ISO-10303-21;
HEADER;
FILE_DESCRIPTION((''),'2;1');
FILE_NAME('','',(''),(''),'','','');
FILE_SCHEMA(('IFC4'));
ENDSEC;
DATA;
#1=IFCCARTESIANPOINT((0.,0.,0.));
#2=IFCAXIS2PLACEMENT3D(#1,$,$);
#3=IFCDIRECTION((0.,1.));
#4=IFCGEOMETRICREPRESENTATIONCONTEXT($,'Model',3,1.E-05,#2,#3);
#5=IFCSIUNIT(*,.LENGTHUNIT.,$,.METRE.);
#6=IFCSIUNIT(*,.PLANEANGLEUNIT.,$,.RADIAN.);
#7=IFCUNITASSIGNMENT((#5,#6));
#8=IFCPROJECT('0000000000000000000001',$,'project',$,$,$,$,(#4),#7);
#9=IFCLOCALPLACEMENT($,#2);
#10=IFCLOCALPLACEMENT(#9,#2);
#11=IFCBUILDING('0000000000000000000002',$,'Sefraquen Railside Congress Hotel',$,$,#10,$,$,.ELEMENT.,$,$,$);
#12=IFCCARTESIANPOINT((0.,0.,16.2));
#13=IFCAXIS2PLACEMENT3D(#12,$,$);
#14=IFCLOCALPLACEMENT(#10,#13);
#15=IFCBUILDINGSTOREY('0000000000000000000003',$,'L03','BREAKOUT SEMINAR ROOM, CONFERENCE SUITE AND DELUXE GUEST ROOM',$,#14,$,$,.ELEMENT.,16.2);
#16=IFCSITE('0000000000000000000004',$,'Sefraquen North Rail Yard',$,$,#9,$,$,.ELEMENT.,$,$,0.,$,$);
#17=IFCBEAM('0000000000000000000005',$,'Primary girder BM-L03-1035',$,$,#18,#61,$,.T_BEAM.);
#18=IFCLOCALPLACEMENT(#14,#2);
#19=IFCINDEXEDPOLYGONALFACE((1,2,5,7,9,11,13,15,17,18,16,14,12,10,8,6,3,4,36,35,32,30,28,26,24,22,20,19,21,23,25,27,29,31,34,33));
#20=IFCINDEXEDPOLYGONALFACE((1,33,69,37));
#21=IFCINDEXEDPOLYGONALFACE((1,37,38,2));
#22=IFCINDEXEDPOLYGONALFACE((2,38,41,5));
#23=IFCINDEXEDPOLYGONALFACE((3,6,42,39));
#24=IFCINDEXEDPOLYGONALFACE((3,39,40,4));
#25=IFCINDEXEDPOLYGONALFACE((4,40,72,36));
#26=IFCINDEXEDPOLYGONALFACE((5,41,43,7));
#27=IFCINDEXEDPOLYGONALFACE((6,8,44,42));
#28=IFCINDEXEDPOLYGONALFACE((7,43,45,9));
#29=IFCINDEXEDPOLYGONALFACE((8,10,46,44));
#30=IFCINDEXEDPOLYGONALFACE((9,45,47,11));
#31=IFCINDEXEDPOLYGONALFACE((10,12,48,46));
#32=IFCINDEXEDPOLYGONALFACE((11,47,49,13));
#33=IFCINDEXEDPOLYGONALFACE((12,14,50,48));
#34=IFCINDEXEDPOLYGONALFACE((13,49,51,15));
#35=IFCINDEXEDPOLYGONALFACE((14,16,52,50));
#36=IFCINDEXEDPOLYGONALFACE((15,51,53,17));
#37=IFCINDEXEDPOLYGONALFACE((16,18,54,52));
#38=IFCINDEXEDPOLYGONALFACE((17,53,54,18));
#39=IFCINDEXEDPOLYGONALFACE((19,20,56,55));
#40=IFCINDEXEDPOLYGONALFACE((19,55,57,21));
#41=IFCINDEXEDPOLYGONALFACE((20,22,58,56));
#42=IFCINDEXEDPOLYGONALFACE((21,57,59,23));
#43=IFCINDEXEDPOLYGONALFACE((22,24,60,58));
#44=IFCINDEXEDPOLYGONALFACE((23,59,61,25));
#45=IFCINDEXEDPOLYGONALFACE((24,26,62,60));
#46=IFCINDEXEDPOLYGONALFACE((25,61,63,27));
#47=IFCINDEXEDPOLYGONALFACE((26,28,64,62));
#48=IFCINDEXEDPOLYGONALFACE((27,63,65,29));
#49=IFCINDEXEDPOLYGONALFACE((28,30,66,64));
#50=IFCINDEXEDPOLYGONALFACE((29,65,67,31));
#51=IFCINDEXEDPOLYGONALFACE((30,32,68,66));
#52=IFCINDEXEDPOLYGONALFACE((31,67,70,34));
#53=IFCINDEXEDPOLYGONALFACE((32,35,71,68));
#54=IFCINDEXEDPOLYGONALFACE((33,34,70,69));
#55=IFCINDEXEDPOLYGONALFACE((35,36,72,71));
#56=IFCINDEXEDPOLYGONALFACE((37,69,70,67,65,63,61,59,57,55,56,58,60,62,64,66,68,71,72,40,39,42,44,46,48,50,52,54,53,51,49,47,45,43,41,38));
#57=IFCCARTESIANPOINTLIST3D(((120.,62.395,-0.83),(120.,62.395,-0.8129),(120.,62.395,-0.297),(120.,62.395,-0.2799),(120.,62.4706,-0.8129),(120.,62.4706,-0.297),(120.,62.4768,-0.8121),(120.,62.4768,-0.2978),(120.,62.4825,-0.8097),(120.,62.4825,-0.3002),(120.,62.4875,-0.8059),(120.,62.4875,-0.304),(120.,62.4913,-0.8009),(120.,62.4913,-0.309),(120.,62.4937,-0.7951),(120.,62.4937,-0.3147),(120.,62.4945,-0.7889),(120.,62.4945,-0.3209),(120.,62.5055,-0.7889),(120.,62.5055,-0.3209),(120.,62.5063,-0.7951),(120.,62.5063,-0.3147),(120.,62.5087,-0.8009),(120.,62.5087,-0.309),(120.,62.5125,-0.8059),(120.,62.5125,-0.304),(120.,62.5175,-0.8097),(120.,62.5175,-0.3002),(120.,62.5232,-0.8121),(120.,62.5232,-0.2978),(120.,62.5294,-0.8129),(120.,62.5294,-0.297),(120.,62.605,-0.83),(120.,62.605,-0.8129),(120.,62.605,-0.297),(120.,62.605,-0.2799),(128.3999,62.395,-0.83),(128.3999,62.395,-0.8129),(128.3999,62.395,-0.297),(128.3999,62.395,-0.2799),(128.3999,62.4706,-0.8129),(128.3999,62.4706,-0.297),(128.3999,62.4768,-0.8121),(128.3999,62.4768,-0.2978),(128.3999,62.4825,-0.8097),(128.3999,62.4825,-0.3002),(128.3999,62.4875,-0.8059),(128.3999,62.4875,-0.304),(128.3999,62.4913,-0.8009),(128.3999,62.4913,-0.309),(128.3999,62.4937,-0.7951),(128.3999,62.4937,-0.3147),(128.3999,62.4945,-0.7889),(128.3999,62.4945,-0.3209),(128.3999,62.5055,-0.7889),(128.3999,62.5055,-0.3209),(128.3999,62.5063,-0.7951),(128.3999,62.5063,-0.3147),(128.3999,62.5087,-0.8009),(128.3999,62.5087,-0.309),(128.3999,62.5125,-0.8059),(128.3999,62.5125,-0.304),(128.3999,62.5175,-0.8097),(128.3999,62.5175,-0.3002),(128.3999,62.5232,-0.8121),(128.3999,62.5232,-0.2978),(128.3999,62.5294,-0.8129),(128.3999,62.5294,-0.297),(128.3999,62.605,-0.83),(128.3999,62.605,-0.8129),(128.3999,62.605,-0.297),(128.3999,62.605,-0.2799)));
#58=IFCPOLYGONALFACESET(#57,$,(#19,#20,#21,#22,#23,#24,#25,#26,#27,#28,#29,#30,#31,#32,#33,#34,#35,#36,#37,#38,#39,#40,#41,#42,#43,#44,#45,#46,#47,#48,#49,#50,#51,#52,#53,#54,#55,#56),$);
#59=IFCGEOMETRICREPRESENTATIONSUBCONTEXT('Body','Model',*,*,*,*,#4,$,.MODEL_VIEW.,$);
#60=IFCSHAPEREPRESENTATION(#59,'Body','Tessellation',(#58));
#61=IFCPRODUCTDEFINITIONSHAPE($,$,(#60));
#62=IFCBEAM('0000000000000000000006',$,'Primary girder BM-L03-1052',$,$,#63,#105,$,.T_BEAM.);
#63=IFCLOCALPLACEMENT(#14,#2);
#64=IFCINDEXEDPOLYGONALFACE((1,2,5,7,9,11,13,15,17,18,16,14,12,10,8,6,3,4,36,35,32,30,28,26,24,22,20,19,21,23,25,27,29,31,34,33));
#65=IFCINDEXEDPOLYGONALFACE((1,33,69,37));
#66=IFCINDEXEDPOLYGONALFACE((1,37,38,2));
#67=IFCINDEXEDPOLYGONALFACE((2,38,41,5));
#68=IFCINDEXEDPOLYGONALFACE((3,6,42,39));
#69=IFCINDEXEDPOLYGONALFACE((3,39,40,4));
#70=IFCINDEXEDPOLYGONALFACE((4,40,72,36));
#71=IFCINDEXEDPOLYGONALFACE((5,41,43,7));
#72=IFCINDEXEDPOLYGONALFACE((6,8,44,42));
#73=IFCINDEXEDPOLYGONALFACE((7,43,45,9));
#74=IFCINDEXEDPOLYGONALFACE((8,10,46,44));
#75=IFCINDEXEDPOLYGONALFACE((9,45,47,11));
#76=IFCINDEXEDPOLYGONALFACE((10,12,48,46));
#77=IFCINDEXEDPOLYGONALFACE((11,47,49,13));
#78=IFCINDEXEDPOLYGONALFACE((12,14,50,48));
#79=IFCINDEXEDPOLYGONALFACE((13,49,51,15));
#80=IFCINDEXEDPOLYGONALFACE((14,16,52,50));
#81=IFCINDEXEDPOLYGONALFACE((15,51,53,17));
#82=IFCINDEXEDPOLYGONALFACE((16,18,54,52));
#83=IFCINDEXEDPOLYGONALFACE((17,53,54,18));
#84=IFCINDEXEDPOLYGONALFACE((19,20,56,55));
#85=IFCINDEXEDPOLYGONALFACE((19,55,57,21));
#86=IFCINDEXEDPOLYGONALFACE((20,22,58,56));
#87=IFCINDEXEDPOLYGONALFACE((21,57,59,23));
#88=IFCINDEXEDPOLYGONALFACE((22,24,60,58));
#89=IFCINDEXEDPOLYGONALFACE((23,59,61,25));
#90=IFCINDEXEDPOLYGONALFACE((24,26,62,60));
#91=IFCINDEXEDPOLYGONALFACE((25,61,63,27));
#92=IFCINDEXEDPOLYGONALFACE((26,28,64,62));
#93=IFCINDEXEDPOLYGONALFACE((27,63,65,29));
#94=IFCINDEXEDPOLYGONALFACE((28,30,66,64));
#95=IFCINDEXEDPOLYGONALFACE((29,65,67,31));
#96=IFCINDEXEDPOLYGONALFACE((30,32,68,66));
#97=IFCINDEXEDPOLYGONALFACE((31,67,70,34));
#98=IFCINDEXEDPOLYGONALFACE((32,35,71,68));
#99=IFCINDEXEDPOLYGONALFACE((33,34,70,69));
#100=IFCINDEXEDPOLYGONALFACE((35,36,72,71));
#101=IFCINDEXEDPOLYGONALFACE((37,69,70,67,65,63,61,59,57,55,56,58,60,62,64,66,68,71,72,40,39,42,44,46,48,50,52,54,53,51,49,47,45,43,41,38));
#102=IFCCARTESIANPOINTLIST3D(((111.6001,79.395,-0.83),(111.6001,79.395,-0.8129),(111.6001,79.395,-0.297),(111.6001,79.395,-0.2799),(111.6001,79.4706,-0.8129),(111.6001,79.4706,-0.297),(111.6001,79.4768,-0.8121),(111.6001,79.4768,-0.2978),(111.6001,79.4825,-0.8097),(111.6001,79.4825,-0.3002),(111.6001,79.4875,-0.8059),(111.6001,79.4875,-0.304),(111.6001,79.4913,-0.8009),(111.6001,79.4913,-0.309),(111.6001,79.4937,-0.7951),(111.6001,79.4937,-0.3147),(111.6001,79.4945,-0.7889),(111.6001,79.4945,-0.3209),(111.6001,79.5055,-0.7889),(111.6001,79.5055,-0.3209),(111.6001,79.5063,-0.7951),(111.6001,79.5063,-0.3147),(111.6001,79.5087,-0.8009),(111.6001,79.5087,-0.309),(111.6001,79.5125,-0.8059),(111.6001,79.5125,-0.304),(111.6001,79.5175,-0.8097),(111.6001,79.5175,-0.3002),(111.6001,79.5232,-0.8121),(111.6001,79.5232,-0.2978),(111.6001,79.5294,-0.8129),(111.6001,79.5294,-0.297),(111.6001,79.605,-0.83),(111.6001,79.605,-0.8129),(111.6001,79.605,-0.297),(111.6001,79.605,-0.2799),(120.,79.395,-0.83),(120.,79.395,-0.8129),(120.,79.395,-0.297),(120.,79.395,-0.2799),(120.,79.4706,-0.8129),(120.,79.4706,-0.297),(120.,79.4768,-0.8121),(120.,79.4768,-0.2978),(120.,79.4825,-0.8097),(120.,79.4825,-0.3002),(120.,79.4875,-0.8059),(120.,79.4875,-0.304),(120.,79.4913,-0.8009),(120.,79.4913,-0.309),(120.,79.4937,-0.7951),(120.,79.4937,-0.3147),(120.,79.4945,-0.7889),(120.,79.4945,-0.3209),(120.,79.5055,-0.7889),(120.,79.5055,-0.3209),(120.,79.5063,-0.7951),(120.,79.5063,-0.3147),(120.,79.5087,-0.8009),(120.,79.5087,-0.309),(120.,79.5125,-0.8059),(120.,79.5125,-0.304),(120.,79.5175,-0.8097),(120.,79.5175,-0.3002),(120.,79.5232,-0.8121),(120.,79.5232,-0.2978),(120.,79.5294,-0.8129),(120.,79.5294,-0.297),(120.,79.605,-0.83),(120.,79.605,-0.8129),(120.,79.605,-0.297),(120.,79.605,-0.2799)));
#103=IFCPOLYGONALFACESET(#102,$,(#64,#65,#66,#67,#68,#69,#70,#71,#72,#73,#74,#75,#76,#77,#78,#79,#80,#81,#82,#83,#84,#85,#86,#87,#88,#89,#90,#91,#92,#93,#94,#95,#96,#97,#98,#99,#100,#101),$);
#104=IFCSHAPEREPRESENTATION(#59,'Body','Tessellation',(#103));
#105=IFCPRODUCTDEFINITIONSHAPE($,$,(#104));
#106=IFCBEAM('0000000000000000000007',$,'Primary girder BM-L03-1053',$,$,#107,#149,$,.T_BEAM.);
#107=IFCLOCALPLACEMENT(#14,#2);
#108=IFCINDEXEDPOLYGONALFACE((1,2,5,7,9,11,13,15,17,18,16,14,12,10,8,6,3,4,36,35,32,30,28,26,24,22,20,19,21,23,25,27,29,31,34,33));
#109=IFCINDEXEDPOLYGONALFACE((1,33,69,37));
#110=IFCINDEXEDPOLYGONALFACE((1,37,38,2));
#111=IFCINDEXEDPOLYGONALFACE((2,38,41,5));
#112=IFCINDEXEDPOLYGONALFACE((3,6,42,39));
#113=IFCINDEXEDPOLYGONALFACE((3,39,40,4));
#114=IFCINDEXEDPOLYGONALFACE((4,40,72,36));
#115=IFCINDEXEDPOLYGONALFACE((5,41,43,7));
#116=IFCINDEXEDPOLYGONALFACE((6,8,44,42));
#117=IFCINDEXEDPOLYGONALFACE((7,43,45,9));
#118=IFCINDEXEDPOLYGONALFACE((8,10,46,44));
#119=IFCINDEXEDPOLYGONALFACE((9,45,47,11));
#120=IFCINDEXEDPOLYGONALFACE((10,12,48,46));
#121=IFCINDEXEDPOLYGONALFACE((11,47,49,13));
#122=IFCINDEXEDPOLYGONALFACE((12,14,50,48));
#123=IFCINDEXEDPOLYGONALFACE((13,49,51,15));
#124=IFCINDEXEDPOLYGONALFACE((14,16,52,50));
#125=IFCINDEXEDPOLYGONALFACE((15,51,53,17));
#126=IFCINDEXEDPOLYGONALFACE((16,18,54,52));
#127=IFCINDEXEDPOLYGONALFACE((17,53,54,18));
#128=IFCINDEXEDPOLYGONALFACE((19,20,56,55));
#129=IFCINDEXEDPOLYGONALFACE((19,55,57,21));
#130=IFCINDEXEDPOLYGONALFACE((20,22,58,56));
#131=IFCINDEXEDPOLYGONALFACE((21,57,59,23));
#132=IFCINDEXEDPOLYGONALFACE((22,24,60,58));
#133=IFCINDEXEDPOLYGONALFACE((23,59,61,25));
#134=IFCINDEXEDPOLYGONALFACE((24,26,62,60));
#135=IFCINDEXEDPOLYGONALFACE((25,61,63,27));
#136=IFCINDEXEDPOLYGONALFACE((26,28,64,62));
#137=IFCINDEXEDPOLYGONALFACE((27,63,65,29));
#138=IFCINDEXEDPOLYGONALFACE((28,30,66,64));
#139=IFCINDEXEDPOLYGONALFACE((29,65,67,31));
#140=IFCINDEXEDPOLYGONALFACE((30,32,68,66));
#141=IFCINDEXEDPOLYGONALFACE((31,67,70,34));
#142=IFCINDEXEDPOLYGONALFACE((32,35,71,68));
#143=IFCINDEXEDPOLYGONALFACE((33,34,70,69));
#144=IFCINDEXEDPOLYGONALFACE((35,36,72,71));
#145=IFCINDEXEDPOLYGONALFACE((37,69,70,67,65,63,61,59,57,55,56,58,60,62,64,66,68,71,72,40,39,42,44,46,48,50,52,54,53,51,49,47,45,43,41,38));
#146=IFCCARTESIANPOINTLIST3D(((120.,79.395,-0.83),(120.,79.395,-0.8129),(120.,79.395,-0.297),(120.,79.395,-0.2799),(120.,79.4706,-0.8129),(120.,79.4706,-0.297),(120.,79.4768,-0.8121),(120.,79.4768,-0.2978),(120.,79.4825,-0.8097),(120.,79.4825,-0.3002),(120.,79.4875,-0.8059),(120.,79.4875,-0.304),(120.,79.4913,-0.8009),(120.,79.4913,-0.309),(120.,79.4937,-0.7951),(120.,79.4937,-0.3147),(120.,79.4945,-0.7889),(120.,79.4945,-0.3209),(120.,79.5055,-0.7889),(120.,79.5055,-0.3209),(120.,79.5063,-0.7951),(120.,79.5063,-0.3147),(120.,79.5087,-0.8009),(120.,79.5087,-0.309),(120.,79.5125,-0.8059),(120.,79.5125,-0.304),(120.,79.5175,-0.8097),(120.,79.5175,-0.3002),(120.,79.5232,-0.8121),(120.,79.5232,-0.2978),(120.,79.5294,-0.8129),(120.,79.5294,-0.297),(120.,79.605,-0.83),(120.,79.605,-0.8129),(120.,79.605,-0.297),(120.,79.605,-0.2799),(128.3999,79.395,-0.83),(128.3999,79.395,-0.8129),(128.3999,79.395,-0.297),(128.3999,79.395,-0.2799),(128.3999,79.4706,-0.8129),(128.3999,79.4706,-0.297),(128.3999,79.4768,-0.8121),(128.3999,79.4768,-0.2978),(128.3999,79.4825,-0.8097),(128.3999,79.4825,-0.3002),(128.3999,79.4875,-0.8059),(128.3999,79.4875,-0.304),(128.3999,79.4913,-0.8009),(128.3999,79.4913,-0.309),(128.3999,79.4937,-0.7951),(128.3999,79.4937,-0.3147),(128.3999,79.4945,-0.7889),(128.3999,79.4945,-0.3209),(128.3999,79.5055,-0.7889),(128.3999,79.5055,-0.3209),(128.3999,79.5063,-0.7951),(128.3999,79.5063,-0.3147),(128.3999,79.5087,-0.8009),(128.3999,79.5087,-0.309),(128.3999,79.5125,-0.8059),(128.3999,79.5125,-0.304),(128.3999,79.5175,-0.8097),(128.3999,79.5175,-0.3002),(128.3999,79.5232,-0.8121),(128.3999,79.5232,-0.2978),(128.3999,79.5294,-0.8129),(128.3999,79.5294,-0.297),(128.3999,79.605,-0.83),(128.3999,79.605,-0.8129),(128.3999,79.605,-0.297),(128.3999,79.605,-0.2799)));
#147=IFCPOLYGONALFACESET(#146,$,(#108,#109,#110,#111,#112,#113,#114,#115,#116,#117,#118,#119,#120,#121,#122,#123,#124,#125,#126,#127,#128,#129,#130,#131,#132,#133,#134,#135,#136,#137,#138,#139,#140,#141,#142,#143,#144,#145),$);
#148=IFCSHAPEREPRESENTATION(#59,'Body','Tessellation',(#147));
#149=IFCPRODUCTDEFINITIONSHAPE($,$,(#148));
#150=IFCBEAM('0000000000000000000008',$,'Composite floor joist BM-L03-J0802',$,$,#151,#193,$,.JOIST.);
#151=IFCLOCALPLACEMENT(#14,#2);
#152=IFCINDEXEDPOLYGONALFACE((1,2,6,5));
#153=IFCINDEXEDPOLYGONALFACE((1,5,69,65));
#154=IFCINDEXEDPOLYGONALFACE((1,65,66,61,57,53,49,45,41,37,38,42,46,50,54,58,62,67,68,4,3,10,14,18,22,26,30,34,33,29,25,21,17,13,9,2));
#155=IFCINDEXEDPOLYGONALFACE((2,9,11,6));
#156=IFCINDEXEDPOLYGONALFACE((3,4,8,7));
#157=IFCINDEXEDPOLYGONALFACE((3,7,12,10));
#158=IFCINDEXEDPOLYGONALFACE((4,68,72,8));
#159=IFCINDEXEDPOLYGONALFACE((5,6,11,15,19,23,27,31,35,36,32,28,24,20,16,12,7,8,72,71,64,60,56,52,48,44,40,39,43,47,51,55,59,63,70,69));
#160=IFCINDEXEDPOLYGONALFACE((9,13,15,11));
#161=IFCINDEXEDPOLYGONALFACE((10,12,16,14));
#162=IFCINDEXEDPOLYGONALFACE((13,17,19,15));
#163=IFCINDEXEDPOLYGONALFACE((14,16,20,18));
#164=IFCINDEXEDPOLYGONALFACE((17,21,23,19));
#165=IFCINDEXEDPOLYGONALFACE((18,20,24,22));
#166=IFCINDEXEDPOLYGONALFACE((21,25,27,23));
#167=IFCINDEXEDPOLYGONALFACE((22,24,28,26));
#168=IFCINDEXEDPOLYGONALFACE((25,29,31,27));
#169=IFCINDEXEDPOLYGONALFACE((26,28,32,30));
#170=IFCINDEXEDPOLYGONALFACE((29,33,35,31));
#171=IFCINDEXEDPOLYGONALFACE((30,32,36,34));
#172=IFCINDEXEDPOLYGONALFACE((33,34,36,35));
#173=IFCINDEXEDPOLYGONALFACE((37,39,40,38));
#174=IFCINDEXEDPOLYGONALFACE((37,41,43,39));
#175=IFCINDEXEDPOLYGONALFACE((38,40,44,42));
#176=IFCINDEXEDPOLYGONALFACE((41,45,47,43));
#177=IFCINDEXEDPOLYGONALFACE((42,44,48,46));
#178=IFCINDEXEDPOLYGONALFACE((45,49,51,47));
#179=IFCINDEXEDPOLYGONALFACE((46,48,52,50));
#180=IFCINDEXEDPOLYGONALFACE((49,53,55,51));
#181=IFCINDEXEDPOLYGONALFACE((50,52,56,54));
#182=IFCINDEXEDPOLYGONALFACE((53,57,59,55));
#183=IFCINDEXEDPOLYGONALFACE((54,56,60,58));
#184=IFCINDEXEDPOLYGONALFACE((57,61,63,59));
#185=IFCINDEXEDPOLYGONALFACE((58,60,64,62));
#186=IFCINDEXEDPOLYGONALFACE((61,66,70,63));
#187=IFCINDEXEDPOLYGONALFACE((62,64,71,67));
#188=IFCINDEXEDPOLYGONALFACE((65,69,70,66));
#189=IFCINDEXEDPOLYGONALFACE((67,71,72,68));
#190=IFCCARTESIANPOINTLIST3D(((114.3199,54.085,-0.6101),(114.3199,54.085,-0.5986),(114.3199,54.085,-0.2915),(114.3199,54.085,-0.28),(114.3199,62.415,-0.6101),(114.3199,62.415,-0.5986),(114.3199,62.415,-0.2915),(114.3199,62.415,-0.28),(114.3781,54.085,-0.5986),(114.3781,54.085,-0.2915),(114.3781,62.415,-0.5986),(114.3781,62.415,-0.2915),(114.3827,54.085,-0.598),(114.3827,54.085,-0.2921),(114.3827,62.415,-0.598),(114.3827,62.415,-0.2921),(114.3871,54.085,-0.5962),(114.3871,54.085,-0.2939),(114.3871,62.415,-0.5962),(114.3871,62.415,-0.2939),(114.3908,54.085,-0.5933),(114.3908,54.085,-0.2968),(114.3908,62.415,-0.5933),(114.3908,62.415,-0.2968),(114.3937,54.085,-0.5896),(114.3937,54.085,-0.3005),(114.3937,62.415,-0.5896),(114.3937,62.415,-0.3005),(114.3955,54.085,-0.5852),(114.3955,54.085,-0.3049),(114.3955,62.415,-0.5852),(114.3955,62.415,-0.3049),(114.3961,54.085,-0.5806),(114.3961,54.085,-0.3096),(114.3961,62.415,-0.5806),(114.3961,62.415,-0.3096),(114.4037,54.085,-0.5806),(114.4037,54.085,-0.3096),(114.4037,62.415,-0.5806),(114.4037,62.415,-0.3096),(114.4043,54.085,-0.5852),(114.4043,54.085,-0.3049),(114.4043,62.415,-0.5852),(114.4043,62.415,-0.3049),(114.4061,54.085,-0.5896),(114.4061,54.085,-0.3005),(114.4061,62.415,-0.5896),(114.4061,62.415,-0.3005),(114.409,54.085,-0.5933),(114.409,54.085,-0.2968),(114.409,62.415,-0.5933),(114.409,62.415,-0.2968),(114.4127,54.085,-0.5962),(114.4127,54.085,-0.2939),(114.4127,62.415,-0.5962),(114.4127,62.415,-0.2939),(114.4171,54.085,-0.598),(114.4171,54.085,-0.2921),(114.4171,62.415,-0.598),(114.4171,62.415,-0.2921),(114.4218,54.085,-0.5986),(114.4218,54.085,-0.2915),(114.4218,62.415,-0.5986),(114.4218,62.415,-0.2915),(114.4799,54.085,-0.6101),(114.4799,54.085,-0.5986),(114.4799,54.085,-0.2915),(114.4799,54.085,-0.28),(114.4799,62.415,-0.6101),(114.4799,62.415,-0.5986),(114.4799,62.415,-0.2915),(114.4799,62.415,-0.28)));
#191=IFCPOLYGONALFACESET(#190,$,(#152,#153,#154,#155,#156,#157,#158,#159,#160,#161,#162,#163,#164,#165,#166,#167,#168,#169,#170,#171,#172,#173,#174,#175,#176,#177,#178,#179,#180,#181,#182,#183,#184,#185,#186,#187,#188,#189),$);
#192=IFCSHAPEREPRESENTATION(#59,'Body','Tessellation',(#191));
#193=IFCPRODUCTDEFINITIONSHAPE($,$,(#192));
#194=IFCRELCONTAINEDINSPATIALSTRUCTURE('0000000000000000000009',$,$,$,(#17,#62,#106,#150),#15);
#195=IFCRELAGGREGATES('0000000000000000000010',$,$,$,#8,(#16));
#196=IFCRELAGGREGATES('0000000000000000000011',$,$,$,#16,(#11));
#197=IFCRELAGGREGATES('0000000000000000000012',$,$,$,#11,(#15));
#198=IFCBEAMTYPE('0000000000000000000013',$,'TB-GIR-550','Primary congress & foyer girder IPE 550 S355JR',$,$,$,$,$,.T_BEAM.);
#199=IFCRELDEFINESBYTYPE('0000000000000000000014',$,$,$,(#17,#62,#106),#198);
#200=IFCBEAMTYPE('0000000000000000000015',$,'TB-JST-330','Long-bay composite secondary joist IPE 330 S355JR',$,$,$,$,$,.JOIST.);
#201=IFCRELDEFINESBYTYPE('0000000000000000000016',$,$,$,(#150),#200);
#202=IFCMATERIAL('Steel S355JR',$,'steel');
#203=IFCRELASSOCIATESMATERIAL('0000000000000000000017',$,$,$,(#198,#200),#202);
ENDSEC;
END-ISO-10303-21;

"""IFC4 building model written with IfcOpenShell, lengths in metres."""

from ifc_helpers import new_model, si_unit, direction, frame, origin, origin_2d, place, context, subcontext, project, spatial, i_section, extrude, material, material_profile, profile_set, type_object, element, save


model = new_model("IFC4")

# Units and contexts
model_context = context("Model", 3, precision=1e-05, world=origin(), true_north=direction((0.0, 1.0)))
body_context = subcontext(model_context, "Body", "Model", "MODEL_VIEW")
ifc_project = project(units=[si_unit("LENGTHUNIT", "METRE"), si_unit("PLANEANGLEUNIT", "RADIAN")], contexts=[model_context])

# Site, building, storey
site_placement = place(None, origin())
site = spatial("IfcSite", under=ifc_project, at=site_placement, Name="Sefraquen North Rail Yard", CompositionType="ELEMENT", RefElevation=0.0)
building_placement = place(site_placement, origin())
building = spatial("IfcBuilding", under=site, at=building_placement, Name="Sefraquen Railside Congress Hotel", CompositionType="ELEMENT")
storey_placement = place(building_placement, frame((0.0, 0.0, 16.2)))
storey = spatial("IfcBuildingStorey", under=building, at=storey_placement, Name="L03", Description="BREAKOUT SEMINAR ROOM, CONFERENCE SUITE AND DELUXE GUEST ROOM", CompositionType="ELEMENT", Elevation=16.2)

# Shared definitions
ifc_material_1 = material(Name="Steel S355JR", Category="steel")

# Beams
ifc_material_profile_1 = material_profile(ifc_material_1, i_section(OverallWidth=0.21, OverallDepth=0.55, WebThickness=0.011, FlangeThickness=0.0171, FilletRadius=0.0239, at=origin_2d()), Name="IPE 550")
ifc_profile_set_1 = profile_set([ifc_material_profile_1], Name="Steel S355JR")
beam_type_1 = type_object("IfcBeamType", Name="TB-GIR-550", Description="Primary congress & foyer girder IPE 550 S355JR", PredefinedType="T_BEAM", material=ifc_profile_set_1)
for number, where, z_axis, x_axis, name in (
    (1, (120.0, 62.5, -0.5549), (1.0, 0.0, 0.0), (0.0, 1.0, 0.0), "Primary girder BM-L03-1035"),
    (2, (111.6001, 79.5, -0.5549), (1.0, 0.0, 0.0), (0.0, 1.0, 0.0), "Primary girder BM-L03-1052"),
    (3, (120.0, 79.5, -0.5549), (1.0, 0.0, 0.0), (0.0, 1.0, 0.0), "Primary girder BM-L03-1053"),
):
    element("IfcBeam", number, at=place(storey_placement, frame(where, z_axis=z_axis, x_axis=x_axis)), inside=storey, type_object=beam_type_1, Name=name, PredefinedType="T_BEAM", context=body_context, shape_type="SweptSolid", body=[
        extrude(i_section(OverallWidth=0.21, OverallDepth=0.55, WebThickness=0.011, FlangeThickness=0.0171, FilletRadius=0.0239, at=origin_2d()), origin(), (0.0, 0.0, 1.0), 8.3999),
    ])
ifc_material_profile_2 = material_profile(ifc_material_1, i_section(OverallWidth=0.1599, OverallDepth=0.3301, WebThickness=0.0076, FlangeThickness=0.0115, FilletRadius=0.0181, at=origin_2d()), Name="IPE 330")
ifc_profile_set_2 = profile_set([ifc_material_profile_2], Name="Steel S355JR")
beam_type_2 = type_object("IfcBeamType", Name="TB-JST-330", Description="Long-bay composite secondary joist IPE 330 S355JR", PredefinedType="JOIST", material=ifc_profile_set_2)
for number, where, z_axis, x_axis, name in (
    (4, (114.3999, 54.085, -0.4451), (0.0, 1.0, 0.0), (-1.0, 0.0, 0.0), "Composite floor joist BM-L03-J0802"),
):
    element("IfcBeam", number, at=place(storey_placement, frame(where, z_axis=z_axis, x_axis=x_axis)), inside=storey, type_object=beam_type_2, Name=name, PredefinedType="JOIST", context=body_context, shape_type="SweptSolid", body=[
        extrude(i_section(OverallWidth=0.1599, OverallDepth=0.3301, WebThickness=0.0076, FlangeThickness=0.0115, FilletRadius=0.0181, at=origin_2d()), origin(), (0.0, 0.0, 1.0), 8.3301),
    ])

save(model, "model.ifc")
